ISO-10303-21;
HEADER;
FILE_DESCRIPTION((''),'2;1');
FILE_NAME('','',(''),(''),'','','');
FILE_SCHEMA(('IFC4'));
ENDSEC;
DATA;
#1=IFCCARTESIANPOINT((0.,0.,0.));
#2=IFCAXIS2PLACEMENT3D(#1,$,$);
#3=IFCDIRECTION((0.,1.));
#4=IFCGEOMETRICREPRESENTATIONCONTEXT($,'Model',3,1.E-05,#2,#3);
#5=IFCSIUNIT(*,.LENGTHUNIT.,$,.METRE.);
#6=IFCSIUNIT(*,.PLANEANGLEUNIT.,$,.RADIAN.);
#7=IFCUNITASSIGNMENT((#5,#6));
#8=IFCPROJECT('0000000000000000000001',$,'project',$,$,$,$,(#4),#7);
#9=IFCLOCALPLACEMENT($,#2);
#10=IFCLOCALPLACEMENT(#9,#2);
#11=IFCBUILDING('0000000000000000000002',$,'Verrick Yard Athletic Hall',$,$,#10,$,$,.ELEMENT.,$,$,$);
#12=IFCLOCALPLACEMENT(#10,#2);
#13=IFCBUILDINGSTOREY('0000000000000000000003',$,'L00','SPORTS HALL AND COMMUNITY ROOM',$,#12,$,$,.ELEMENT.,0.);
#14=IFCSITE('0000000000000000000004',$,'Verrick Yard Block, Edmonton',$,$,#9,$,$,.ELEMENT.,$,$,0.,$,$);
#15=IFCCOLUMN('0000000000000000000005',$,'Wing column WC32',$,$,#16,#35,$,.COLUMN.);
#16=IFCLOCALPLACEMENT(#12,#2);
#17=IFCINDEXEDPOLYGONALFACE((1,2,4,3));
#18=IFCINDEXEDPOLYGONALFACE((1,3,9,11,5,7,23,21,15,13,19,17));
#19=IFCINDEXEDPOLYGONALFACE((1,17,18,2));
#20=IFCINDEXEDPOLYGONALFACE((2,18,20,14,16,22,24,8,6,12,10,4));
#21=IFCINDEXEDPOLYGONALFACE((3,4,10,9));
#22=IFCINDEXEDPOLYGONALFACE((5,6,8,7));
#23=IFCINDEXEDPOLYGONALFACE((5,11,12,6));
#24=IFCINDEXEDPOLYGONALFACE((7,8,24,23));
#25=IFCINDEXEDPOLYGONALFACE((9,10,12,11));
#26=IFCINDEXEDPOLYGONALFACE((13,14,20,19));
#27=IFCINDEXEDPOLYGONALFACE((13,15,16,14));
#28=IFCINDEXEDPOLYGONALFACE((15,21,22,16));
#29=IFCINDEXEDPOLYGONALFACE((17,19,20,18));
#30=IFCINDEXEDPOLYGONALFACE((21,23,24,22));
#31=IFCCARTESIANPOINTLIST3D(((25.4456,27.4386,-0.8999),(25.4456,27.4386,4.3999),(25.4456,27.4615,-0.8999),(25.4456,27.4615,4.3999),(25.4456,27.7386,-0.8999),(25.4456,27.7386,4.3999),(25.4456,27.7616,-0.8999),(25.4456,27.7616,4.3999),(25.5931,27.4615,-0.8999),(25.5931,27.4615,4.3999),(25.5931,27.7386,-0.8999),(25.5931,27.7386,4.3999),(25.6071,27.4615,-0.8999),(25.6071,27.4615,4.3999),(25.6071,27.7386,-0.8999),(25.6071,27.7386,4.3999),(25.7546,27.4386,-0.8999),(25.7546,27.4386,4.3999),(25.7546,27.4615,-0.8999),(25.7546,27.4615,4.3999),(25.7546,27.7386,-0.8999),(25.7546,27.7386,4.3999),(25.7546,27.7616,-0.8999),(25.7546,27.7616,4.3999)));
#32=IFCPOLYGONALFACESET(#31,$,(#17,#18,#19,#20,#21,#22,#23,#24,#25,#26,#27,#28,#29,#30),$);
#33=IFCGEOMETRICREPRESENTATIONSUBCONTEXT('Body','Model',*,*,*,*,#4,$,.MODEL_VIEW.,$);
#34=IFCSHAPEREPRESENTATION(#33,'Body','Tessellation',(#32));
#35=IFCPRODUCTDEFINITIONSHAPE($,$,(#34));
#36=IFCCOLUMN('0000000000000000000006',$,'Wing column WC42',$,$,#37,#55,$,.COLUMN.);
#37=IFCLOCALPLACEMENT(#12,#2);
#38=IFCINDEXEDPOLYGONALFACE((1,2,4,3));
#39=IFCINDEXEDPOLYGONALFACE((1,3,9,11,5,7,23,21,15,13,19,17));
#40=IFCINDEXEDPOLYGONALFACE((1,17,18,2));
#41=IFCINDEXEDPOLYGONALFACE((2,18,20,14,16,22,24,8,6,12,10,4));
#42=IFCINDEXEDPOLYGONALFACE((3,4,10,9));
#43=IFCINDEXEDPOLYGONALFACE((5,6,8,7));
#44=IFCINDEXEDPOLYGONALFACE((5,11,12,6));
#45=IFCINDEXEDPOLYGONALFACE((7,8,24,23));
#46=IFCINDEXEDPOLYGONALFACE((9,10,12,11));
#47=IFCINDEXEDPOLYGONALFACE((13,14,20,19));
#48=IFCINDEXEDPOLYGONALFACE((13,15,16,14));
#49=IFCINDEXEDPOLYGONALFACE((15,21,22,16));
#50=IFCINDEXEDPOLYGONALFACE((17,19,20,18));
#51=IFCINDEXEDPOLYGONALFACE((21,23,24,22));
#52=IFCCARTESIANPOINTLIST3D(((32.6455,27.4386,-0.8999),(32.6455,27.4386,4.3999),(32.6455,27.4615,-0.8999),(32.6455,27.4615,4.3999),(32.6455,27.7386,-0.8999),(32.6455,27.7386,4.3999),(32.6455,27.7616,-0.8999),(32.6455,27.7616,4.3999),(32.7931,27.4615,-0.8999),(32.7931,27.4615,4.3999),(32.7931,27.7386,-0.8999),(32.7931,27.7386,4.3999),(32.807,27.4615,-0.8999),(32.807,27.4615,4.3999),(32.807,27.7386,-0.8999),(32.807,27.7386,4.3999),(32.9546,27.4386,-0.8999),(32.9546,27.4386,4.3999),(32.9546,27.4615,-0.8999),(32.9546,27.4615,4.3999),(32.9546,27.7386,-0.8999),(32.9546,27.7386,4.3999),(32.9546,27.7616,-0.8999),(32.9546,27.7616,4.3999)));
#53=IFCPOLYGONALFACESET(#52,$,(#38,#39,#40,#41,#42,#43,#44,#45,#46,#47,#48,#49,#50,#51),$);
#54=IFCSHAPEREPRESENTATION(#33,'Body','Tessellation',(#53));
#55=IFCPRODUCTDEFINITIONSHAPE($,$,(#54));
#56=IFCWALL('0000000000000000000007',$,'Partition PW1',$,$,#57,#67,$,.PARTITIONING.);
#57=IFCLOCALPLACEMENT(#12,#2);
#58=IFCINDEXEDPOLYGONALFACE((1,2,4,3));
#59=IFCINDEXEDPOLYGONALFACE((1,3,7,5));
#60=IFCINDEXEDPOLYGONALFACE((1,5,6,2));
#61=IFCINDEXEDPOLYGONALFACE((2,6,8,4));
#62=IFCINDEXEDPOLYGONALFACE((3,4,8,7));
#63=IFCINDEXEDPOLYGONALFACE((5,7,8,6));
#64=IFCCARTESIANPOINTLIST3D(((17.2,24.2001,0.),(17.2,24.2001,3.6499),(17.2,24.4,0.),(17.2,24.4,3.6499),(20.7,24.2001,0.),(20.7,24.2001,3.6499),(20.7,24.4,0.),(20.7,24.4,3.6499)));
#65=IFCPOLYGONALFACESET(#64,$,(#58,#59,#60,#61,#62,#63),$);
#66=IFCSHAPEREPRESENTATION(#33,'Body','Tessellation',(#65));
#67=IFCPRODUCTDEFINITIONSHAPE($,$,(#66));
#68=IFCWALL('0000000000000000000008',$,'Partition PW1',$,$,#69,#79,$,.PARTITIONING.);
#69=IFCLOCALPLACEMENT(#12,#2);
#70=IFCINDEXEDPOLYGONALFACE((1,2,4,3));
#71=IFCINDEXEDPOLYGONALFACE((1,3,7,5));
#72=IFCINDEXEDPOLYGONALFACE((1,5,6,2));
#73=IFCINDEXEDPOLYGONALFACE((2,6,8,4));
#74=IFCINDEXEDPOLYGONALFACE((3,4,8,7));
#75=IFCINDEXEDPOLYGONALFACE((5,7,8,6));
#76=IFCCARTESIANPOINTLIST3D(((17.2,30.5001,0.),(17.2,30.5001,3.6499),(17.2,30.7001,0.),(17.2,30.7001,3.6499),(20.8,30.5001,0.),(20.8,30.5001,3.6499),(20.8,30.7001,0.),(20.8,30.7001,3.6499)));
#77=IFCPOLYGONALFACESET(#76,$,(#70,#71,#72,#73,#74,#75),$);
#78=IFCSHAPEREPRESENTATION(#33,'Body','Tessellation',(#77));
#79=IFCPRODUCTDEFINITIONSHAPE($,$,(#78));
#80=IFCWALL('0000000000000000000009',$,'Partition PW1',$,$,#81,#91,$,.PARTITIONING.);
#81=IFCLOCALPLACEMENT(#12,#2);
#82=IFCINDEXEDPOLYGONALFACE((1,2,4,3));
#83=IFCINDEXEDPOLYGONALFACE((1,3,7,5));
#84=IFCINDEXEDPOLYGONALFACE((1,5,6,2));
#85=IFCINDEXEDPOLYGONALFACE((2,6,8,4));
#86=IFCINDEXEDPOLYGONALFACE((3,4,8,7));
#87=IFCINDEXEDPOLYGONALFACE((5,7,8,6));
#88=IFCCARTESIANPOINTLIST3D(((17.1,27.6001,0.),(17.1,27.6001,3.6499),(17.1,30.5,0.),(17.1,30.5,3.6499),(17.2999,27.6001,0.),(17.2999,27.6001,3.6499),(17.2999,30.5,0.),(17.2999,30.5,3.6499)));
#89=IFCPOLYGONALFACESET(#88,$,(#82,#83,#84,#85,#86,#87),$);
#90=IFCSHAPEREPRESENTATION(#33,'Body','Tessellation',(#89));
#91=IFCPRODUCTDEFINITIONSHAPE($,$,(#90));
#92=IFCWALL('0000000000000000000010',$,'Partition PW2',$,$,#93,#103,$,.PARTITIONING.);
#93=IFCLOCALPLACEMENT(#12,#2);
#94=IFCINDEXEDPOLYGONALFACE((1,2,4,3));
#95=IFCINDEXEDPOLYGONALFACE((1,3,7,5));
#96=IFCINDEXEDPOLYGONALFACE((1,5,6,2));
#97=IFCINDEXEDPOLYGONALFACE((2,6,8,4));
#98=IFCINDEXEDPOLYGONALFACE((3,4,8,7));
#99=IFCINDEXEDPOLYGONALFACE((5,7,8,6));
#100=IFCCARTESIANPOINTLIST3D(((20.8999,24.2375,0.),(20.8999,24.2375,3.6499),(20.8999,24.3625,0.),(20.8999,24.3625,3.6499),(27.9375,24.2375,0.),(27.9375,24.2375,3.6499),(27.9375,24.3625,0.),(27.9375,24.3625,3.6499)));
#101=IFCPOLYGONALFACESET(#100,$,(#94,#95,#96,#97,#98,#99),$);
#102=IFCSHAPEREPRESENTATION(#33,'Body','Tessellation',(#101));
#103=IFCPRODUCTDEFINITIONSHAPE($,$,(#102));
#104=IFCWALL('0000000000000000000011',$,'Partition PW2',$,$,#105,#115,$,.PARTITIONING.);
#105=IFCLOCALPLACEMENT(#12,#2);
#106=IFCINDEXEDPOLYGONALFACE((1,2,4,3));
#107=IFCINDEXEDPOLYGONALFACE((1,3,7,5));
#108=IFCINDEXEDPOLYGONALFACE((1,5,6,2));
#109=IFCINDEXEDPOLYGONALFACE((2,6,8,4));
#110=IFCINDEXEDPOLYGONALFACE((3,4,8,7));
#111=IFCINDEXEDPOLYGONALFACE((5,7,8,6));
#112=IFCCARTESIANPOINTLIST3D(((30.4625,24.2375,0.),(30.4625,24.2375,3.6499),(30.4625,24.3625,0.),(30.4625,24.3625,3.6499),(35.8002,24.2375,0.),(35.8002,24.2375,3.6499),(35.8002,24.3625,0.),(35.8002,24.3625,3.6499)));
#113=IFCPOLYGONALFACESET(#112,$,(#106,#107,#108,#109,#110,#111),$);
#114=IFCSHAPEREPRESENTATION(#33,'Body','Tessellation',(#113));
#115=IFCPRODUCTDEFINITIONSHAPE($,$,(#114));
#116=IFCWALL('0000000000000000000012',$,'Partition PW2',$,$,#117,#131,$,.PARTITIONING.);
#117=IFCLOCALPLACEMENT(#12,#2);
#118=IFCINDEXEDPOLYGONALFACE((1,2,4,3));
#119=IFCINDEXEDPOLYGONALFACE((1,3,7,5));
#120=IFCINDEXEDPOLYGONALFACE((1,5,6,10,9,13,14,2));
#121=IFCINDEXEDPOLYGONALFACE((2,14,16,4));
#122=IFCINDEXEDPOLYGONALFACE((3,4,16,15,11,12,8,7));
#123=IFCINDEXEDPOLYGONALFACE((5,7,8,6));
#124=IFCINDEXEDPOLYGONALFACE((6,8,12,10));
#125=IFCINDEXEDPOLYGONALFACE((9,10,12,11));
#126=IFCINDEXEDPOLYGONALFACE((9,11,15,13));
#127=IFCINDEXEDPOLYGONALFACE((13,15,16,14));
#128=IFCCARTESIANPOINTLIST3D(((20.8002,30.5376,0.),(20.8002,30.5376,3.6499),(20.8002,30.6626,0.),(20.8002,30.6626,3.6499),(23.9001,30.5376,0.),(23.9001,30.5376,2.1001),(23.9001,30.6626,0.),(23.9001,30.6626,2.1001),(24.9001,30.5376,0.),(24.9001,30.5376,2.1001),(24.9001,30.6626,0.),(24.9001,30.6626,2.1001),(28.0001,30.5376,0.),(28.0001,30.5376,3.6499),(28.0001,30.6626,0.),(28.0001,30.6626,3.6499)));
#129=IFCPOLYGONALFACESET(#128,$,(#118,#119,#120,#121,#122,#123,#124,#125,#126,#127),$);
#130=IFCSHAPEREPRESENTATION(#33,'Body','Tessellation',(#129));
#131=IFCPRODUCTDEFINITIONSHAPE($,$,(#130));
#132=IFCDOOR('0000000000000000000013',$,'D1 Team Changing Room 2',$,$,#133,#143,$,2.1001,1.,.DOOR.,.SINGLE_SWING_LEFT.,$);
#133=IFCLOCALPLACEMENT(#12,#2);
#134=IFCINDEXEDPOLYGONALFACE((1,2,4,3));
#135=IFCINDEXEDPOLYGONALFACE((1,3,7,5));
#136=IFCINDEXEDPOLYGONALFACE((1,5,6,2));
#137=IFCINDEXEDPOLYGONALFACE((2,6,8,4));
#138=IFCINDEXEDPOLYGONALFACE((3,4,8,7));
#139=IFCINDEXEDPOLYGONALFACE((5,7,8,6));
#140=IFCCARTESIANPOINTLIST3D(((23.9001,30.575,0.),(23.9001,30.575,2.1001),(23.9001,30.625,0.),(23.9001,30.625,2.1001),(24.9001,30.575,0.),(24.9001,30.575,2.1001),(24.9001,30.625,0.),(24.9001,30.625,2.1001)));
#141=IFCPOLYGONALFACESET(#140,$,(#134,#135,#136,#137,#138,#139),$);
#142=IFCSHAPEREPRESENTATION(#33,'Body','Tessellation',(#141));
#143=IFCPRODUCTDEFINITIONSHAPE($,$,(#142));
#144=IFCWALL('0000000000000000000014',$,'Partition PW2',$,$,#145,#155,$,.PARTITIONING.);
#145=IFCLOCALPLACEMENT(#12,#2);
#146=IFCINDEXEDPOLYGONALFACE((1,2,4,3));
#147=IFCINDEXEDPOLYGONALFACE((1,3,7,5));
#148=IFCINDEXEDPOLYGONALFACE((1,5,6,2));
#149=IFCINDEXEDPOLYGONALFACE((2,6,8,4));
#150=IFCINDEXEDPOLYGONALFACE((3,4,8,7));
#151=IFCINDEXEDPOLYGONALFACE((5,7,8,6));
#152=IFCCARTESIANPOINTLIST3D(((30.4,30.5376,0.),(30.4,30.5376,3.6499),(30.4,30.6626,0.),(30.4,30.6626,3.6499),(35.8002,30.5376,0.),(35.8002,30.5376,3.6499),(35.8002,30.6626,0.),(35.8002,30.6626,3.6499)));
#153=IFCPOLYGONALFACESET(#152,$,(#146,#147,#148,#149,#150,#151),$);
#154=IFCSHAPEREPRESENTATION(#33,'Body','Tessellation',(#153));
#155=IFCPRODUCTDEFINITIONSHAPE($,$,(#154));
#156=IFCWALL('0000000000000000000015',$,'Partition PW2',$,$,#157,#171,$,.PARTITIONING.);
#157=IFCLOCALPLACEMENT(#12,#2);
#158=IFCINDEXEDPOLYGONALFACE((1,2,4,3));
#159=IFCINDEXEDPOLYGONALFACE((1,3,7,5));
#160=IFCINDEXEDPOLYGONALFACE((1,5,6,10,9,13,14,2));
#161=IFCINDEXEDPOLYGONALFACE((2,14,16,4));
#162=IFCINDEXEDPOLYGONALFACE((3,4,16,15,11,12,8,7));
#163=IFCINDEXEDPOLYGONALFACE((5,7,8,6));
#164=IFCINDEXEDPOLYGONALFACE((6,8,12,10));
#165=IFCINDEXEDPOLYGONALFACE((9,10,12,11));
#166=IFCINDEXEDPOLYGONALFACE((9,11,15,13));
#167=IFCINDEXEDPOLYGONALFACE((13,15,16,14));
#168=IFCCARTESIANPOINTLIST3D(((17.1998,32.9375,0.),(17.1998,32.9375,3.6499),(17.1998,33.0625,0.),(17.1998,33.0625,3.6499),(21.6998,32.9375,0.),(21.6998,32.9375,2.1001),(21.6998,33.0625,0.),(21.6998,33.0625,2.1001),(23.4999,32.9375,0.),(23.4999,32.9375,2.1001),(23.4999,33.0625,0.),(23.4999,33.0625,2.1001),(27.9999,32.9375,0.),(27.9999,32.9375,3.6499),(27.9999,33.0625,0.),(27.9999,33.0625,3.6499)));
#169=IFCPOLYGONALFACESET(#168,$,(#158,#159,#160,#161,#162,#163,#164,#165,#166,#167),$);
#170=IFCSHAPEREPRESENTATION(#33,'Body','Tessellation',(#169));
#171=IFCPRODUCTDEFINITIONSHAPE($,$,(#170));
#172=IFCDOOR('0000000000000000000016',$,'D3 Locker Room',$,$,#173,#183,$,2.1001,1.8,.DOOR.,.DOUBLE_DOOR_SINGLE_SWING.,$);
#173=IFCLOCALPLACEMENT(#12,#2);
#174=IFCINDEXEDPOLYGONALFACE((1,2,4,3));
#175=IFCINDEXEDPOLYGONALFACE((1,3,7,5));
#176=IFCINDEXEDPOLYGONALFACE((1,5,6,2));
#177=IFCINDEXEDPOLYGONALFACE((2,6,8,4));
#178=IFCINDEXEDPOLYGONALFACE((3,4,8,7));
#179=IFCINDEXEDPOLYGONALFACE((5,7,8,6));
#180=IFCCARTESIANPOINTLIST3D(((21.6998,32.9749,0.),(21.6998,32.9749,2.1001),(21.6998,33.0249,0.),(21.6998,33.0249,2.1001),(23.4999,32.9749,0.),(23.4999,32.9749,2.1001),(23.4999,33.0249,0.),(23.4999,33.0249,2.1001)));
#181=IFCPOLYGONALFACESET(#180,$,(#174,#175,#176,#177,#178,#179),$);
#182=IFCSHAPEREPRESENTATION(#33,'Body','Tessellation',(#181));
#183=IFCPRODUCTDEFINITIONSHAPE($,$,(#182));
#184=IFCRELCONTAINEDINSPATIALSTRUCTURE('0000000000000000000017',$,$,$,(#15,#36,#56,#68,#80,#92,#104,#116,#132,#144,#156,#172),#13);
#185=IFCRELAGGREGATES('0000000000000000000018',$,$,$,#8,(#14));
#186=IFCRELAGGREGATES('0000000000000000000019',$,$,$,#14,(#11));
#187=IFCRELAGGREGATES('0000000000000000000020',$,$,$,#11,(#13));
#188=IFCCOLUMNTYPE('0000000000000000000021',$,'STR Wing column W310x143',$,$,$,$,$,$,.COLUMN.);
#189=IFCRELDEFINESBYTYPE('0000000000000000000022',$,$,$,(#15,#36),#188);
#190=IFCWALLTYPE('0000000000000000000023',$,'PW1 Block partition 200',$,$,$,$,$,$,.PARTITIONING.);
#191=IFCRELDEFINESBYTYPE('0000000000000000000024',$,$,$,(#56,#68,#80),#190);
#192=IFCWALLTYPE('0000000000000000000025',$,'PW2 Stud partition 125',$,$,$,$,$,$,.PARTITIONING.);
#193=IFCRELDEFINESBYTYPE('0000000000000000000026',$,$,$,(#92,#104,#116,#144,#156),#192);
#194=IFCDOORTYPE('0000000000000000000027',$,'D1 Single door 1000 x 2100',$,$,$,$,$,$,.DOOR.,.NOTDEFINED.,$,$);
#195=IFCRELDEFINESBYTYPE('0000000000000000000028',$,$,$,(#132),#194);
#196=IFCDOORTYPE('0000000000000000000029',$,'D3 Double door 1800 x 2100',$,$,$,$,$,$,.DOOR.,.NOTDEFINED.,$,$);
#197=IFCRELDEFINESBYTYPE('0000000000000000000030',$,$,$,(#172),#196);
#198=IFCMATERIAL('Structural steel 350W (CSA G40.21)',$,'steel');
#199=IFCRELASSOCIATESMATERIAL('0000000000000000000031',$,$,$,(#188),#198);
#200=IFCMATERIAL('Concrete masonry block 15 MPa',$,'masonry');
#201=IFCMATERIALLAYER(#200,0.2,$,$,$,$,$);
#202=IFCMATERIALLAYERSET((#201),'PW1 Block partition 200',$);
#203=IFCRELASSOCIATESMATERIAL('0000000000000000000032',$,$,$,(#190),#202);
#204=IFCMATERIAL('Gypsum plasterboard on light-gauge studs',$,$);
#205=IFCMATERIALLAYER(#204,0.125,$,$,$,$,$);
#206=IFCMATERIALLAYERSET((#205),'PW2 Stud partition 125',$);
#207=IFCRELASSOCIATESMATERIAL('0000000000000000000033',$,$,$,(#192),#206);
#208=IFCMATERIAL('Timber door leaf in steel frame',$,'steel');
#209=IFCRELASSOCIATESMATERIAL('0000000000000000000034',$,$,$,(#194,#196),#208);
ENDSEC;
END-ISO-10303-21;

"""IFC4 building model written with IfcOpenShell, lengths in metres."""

from ifc_helpers import new_model, si_unit, direction, frame, frame_2d, origin, origin_2d, place, context, subcontext, project, spatial, rectangle, i_section, extrude, material, layer, layer_set, material_profile, profile_set, type_object, element, fill, save


model = new_model("IFC4")

# Units and contexts
model_context = context("Model", 3, precision=1e-05, world=origin(), true_north=direction((0.0, 1.0)))
body_context = subcontext(model_context, "Body", "Model", "MODEL_VIEW")
ifc_project = project(units=[si_unit("LENGTHUNIT", "METRE"), si_unit("PLANEANGLEUNIT", "RADIAN")], contexts=[model_context])

# Site, building, storey
site_placement = place(None, origin())
site = spatial("IfcSite", under=ifc_project, at=site_placement, Name="Verrick Yard Block, Edmonton", CompositionType="ELEMENT", RefElevation=0.0)
building_placement = place(site_placement, origin())
building = spatial("IfcBuilding", under=site, at=building_placement, Name="Verrick Yard Athletic Hall", CompositionType="ELEMENT")
storey_placement = place(building_placement, origin())
storey = spatial("IfcBuildingStorey", under=building, at=storey_placement, Name="L00", Description="SPORTS HALL AND COMMUNITY ROOM", CompositionType="ELEMENT", Elevation=0.0)

# Columns
ifc_material_1 = material(Name="Structural steel 350W (CSA G40.21)", Category="steel")
ifc_material_profile = material_profile(ifc_material_1, i_section(OverallWidth=0.3091, OverallDepth=0.323, WebThickness=0.0139, FlangeThickness=0.0229, at=origin_2d()), Name="W310x143")
ifc_profile_set = profile_set([ifc_material_profile], Name="Structural steel 350W (CSA G40.21)")
column_type = type_object("IfcColumnType", Name="STR Wing column W310x143", PredefinedType="COLUMN", material=ifc_profile_set)
for number, where, z_axis, x_axis, name in (
    (1, (25.6001, 27.6001, -0.8999), (0.0, 0.0, 1.0), (1.0, 0.0, 0.0), "Wing column WC32"),
    (2, (32.8, 27.6001, -0.8999), (0.0, 0.0, 1.0), (1.0, 0.0, 0.0), "Wing column WC42"),
):
    element("IfcColumn", number, at=place(storey_placement, frame(where, z_axis=z_axis, x_axis=x_axis)), inside=storey, type_object=column_type, Name=name, PredefinedType="COLUMN", context=body_context, shape_type="SweptSolid", body=[
        extrude(i_section(OverallWidth=0.3091, OverallDepth=0.323, WebThickness=0.0139, FlangeThickness=0.0229, at=origin_2d()), origin(), (0.0, 0.0, 1.0), 5.2998),
    ])

# Walls
ifc_material_2 = material(Name="Concrete masonry block 15 MPa", Category="masonry")
ifc_layer_1 = layer(ifc_material_2, 0.2)
ifc_layer_set_1 = layer_set([ifc_layer_1], Name="PW1 Block partition 200")
wall_type_1 = type_object("IfcWallType", Name="PW1 Block partition 200", PredefinedType="PARTITIONING", material=ifc_layer_set_1)
wall_1_placement = place(storey_placement, frame((17.2, 24.3, 0.0), z_axis=(0.0, 0.0, 1.0), x_axis=(1.0, 0.0, 0.0)))
element("IfcWall", 3, at=wall_1_placement, inside=storey, type_object=wall_type_1, Name="Partition PW1", PredefinedType="PARTITIONING", context=body_context, shape_type="SweptSolid", body=[
    extrude(rectangle(XDim=3.5, YDim=0.2, at=frame_2d((1.75, 0.0))), origin(), (0.0, 0.0, 1.0), 3.6499),
])
wall_2_placement = place(storey_placement, frame((17.2, 30.6001, 0.0), z_axis=(0.0, 0.0, 1.0), x_axis=(1.0, 0.0, 0.0)))
element("IfcWall", 4, at=wall_2_placement, inside=storey, type_object=wall_type_1, Name="Partition PW1", PredefinedType="PARTITIONING", context=body_context, shape_type="SweptSolid", body=[
    extrude(rectangle(XDim=3.6001, YDim=0.2, at=frame_2d((1.8, 0.0))), origin(), (0.0, 0.0, 1.0), 3.6499),
])
wall_3_placement = place(storey_placement, frame((17.2, 27.6001, 0.0), z_axis=(0.0, 0.0, 1.0), x_axis=(0.0, 1.0, 0.0)))
element("IfcWall", 5, at=wall_3_placement, inside=storey, type_object=wall_type_1, Name="Partition PW1", PredefinedType="PARTITIONING", context=body_context, shape_type="SweptSolid", body=[
    extrude(rectangle(XDim=2.8999, YDim=0.2, at=frame_2d((1.45, 0.0))), origin(), (0.0, 0.0, 1.0), 3.6499),
])
ifc_material_3 = material(Name="Gypsum plasterboard on light-gauge studs")
ifc_layer_2 = layer(ifc_material_3, 0.125)
ifc_layer_set_2 = layer_set([ifc_layer_2], Name="PW2 Stud partition 125")
wall_type_2 = type_object("IfcWallType", Name="PW2 Stud partition 125", PredefinedType="PARTITIONING", material=ifc_layer_set_2)
wall_4_placement = place(storey_placement, frame((20.8999, 24.3, 0.0), z_axis=(0.0, 0.0, 1.0), x_axis=(1.0, 0.0, 0.0)))
element("IfcWall", 6, at=wall_4_placement, inside=storey, type_object=wall_type_2, Name="Partition PW2", PredefinedType="PARTITIONING", context=body_context, shape_type="SweptSolid", body=[
    extrude(rectangle(XDim=7.0376, YDim=0.125, at=frame_2d((3.5188, 0.0))), origin(), (0.0, 0.0, 1.0), 3.6499),
])
wall_5_placement = place(storey_placement, frame((30.4624, 24.3, 0.0), z_axis=(0.0, 0.0, 1.0), x_axis=(1.0, 0.0, 0.0)))
element("IfcWall", 7, at=wall_5_placement, inside=storey, type_object=wall_type_2, Name="Partition PW2", PredefinedType="PARTITIONING", context=body_context, shape_type="SweptSolid", body=[
    extrude(rectangle(XDim=5.3376, YDim=0.125, at=frame_2d((2.6689, 0.0))), origin(), (0.0, 0.0, 1.0), 3.6499),
])

# Wall, opening, door
wall_6_placement = place(storey_placement, frame((20.8, 30.6001, 0.0), z_axis=(0.0, 0.0, 1.0), x_axis=(1.0, 0.0, 0.0)))
wall_6 = element("IfcWall", 8, at=wall_6_placement, inside=storey, type_object=wall_type_2, Name="Partition PW2", PredefinedType="PARTITIONING", context=body_context, shape_type="SweptSolid", body=[
    extrude(rectangle(XDim=7.2, YDim=0.125, at=frame_2d((3.6001, 0.0))), origin(), (0.0, 0.0, 1.0), 3.6499),
])
opening_1_placement = place(wall_6_placement, frame((3.1001, 0.0, 0.0)))
opening_1 = element("IfcOpeningElement", 9, at=opening_1_placement, cuts=wall_6, PredefinedType="OPENING", context=body_context, shape_type="SweptSolid", body=[
    extrude(rectangle(XDim=1.0, YDim=2.1001, at=frame_2d((0.5, 1.05))), frame((0.0, 0.0725, 0.0), z_axis=(0.0, -1.0, 0.0), x_axis=(1.0, 0.0, 0.0)), (0.0, 0.0, 1.0), 0.145),
])
ifc_material_4 = material(Name="Timber door leaf in steel frame", Category="steel")
door_type_1 = type_object("IfcDoorType", Name="D1 Single door 1000 x 2100", OperationType="NOTDEFINED", PredefinedType="DOOR", material=ifc_material_4)
door_1_placement = place(opening_1_placement, origin())
door_1 = element("IfcDoor", 10, at=door_1_placement, inside=storey, type_object=door_type_1, Name="D1 Team Changing Room 2", OperationType="SINGLE_SWING_LEFT", OverallHeight=2.1001, OverallWidth=1.0, PredefinedType="DOOR", context=body_context, shape_type="SweptSolid", body=[
    extrude(rectangle(XDim=1.0, YDim=2.1001, at=frame_2d((0.5, 1.05))), frame((0.0, 0.0249, 0.0), z_axis=(0.0, -1.0, 0.0), x_axis=(1.0, 0.0, 0.0)), (0.0, 0.0, 1.0), 0.05),
])
fill(opening_1, door_1)

# Wall
wall_7_placement = place(storey_placement, frame((30.3999, 30.6001, 0.0), z_axis=(0.0, 0.0, 1.0), x_axis=(1.0, 0.0, 0.0)))
element("IfcWall", 11, at=wall_7_placement, inside=storey, type_object=wall_type_2, Name="Partition PW2", PredefinedType="PARTITIONING", context=body_context, shape_type="SweptSolid", body=[
    extrude(rectangle(XDim=5.4001, YDim=0.125, at=frame_2d((2.7002, 0.0))), origin(), (0.0, 0.0, 1.0), 3.6499),
])

# Wall, opening, door
wall_8_placement = place(storey_placement, frame((17.2, 33.0, 0.0), z_axis=(0.0, 0.0, 1.0), x_axis=(1.0, 0.0, 0.0)))
wall_8 = element("IfcWall", 12, at=wall_8_placement, inside=storey, type_object=wall_type_2, Name="Partition PW2", PredefinedType="PARTITIONING", context=body_context, shape_type="SweptSolid", body=[
    extrude(rectangle(XDim=10.8, YDim=0.125, at=frame_2d((5.3999, 0.0))), origin(), (0.0, 0.0, 1.0), 3.6499),
])
opening_2_placement = place(wall_8_placement, frame((4.5, 0.0, 0.0)))
opening_2 = element("IfcOpeningElement", 13, at=opening_2_placement, cuts=wall_8, PredefinedType="OPENING", context=body_context, shape_type="SweptSolid", body=[
    extrude(rectangle(XDim=1.8, YDim=2.1001, at=frame_2d((0.8999, 1.05))), frame((0.0, 0.0725, 0.0), z_axis=(0.0, -1.0, 0.0), x_axis=(1.0, 0.0, 0.0)), (0.0, 0.0, 1.0), 0.145),
])
door_type_2 = type_object("IfcDoorType", Name="D3 Double door 1800 x 2100", OperationType="NOTDEFINED", PredefinedType="DOOR", material=ifc_material_4)
door_2_placement = place(opening_2_placement, origin())
door_2 = element("IfcDoor", 14, at=door_2_placement, inside=storey, type_object=door_type_2, Name="D3 Locker Room", OperationType="DOUBLE_DOOR_SINGLE_SWING", OverallHeight=2.1001, OverallWidth=1.8, PredefinedType="DOOR", context=body_context, shape_type="SweptSolid", body=[
    extrude(rectangle(XDim=1.8, YDim=2.1001, at=frame_2d((0.8999, 1.05))), frame((0.0, 0.0249, 0.0), z_axis=(0.0, -1.0, 0.0), x_axis=(1.0, 0.0, 0.0)), (0.0, 0.0, 1.0), 0.05),
])
fill(opening_2, door_2)

save(model, "model.ifc")
